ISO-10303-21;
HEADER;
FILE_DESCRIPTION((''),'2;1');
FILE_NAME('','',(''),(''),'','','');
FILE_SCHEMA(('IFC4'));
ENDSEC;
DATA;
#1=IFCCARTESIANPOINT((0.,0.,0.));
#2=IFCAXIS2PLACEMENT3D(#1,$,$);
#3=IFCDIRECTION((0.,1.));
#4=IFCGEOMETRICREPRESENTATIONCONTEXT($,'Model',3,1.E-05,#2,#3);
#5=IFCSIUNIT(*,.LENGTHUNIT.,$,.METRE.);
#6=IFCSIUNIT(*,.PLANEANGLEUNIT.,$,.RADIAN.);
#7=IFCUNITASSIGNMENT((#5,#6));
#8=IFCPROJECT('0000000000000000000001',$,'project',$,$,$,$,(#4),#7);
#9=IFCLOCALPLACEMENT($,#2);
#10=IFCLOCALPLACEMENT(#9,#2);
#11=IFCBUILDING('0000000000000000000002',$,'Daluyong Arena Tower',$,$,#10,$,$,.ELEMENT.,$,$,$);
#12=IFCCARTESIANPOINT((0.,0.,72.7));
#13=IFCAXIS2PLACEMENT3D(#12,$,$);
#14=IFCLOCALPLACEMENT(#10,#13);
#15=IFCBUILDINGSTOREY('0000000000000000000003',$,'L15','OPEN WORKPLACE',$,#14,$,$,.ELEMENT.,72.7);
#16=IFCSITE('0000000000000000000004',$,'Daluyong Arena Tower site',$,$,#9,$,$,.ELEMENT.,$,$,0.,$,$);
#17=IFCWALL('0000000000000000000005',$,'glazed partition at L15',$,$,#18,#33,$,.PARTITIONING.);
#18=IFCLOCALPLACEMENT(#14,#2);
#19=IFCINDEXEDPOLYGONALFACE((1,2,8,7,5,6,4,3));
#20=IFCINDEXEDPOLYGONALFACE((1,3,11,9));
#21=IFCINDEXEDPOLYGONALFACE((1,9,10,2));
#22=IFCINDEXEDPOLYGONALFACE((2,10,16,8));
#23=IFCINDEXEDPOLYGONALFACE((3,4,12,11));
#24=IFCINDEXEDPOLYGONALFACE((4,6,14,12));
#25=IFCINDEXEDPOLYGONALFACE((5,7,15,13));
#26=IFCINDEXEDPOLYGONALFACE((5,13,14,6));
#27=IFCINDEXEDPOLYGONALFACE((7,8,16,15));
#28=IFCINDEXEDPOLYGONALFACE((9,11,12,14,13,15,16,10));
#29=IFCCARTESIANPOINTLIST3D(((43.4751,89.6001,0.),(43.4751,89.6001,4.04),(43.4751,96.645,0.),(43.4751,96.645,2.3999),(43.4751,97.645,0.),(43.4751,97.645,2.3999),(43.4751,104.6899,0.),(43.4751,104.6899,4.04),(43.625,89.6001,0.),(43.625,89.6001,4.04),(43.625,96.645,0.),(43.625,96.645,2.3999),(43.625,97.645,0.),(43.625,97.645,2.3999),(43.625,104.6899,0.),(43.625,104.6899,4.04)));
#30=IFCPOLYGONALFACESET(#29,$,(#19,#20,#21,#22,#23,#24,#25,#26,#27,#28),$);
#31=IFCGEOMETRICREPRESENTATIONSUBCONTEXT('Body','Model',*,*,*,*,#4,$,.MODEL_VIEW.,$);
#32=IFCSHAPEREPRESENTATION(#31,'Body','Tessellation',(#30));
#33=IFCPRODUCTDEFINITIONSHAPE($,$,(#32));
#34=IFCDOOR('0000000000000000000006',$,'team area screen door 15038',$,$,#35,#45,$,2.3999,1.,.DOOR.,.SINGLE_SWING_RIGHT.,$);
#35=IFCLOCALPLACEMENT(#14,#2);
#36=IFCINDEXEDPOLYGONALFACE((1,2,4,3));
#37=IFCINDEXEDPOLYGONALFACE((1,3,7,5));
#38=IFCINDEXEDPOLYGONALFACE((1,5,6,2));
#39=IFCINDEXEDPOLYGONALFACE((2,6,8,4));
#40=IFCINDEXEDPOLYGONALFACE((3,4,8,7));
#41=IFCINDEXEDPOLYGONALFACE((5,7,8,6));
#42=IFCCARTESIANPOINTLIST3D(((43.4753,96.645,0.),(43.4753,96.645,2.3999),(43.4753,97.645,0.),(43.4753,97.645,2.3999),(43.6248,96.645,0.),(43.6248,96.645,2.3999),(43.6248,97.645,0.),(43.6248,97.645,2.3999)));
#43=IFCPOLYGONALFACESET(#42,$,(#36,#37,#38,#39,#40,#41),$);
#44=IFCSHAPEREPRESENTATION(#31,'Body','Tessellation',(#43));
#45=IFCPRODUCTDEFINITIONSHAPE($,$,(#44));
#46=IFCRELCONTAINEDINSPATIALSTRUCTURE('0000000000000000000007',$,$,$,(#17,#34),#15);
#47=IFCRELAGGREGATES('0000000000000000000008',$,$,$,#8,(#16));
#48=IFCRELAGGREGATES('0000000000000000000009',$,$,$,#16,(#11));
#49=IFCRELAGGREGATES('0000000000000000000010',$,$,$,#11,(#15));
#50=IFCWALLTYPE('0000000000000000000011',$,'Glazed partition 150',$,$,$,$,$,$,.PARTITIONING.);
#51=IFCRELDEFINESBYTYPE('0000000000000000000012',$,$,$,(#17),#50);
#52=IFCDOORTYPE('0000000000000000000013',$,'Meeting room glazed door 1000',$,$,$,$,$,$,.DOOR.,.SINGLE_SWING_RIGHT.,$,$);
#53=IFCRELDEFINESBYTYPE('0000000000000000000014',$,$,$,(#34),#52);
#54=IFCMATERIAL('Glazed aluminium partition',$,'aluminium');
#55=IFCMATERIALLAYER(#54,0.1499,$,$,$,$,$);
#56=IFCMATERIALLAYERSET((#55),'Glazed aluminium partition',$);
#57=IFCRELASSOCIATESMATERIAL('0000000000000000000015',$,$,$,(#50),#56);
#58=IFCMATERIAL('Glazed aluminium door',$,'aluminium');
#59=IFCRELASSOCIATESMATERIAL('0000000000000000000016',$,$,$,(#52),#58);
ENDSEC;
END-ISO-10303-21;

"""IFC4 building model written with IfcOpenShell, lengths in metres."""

from ifc_helpers import new_model, si_unit, direction, frame, frame_2d, origin, place, context, subcontext, project, spatial, rectangle, extrude, material, layer, layer_set, type_object, element, fill, save


model = new_model("IFC4")

# Units and contexts
model_context = context("Model", 3, precision=1e-05, world=origin(), true_north=direction((0.0, 1.0)))
body_context = subcontext(model_context, "Body", "Model", "MODEL_VIEW")
ifc_project = project(units=[si_unit("LENGTHUNIT", "METRE"), si_unit("PLANEANGLEUNIT", "RADIAN")], contexts=[model_context])

# Site, building, storey
site_placement = place(None, origin())
site = spatial("IfcSite", under=ifc_project, at=site_placement, Name="Daluyong Arena Tower site", CompositionType="ELEMENT", RefElevation=0.0)
building_placement = place(site_placement, origin())
building = spatial("IfcBuilding", under=site, at=building_placement, Name="Daluyong Arena Tower", CompositionType="ELEMENT")
storey_placement = place(building_placement, frame((0.0, 0.0, 72.7)))
storey = spatial("IfcBuildingStorey", under=building, at=storey_placement, Name="L15", Description="OPEN WORKPLACE", CompositionType="ELEMENT", Elevation=72.7)

# Wall, opening, door
ifc_material_1 = material(Name="Glazed aluminium partition", Category="aluminium")
ifc_layer_1 = layer(ifc_material_1, 0.1499)
ifc_layer_set_1 = layer_set([ifc_layer_1], Name="Glazed aluminium partition")
wall_type_1 = type_object("IfcWallType", Name="Glazed partition 150", PredefinedType="PARTITIONING", material=ifc_layer_set_1)
wall_1_placement = place(storey_placement, frame((43.55, 89.6001, 0.0), z_axis=(0.0, 0.0, 1.0), x_axis=(0.0, 1.0, 0.0)))
wall_1 = element("IfcWall", 1, at=wall_1_placement, inside=storey, type_object=wall_type_1, Name="glazed partition at L15", PredefinedType="PARTITIONING", context=body_context, shape_type="SweptSolid", body=[
    extrude(rectangle(XDim=15.0898, YDim=0.1499, at=frame_2d((7.5449, 0.0))), origin(), (0.0, 0.0, 1.0), 4.04),
])
opening_1_placement = place(wall_1_placement, frame((7.0449, 0.0, 0.0)))
opening_1 = element("IfcOpeningElement", 2, at=opening_1_placement, cuts=wall_1, PredefinedType="OPENING", context=body_context, shape_type="SweptSolid", body=[
    extrude(rectangle(XDim=1.0, YDim=2.3999, at=frame_2d((0.5, 1.2))), frame((0.0, 0.085, 0.0), z_axis=(0.0, -1.0, 0.0), x_axis=(1.0, 0.0, 0.0)), (0.0, 0.0, 1.0), 0.1699),
])
ifc_material_2 = material(Name="Glazed aluminium door", Category="aluminium")
door_type_1 = type_object("IfcDoorType", Name="Meeting room glazed door 1000", OperationType="SINGLE_SWING_RIGHT", PredefinedType="DOOR", material=ifc_material_2)
door_1_placement = place(opening_1_placement, origin())
door_1 = element("IfcDoor", 3, at=door_1_placement, inside=storey, type_object=door_type_1, Name="team area screen door 15038", OperationType="SINGLE_SWING_RIGHT", OverallHeight=2.3999, OverallWidth=1.0, PredefinedType="DOOR", context=body_context, shape_type="SweptSolid", body=[
    extrude(rectangle(XDim=1.0, YDim=2.3999, at=frame_2d((0.5, 1.2))), frame((0.0, 0.0747, 0.0), z_axis=(0.0, -1.0, 0.0), x_axis=(1.0, 0.0, 0.0)), (0.0, 0.0, 1.0), 0.1494),
])
fill(opening_1, door_1)

save(model, "model.ifc")
